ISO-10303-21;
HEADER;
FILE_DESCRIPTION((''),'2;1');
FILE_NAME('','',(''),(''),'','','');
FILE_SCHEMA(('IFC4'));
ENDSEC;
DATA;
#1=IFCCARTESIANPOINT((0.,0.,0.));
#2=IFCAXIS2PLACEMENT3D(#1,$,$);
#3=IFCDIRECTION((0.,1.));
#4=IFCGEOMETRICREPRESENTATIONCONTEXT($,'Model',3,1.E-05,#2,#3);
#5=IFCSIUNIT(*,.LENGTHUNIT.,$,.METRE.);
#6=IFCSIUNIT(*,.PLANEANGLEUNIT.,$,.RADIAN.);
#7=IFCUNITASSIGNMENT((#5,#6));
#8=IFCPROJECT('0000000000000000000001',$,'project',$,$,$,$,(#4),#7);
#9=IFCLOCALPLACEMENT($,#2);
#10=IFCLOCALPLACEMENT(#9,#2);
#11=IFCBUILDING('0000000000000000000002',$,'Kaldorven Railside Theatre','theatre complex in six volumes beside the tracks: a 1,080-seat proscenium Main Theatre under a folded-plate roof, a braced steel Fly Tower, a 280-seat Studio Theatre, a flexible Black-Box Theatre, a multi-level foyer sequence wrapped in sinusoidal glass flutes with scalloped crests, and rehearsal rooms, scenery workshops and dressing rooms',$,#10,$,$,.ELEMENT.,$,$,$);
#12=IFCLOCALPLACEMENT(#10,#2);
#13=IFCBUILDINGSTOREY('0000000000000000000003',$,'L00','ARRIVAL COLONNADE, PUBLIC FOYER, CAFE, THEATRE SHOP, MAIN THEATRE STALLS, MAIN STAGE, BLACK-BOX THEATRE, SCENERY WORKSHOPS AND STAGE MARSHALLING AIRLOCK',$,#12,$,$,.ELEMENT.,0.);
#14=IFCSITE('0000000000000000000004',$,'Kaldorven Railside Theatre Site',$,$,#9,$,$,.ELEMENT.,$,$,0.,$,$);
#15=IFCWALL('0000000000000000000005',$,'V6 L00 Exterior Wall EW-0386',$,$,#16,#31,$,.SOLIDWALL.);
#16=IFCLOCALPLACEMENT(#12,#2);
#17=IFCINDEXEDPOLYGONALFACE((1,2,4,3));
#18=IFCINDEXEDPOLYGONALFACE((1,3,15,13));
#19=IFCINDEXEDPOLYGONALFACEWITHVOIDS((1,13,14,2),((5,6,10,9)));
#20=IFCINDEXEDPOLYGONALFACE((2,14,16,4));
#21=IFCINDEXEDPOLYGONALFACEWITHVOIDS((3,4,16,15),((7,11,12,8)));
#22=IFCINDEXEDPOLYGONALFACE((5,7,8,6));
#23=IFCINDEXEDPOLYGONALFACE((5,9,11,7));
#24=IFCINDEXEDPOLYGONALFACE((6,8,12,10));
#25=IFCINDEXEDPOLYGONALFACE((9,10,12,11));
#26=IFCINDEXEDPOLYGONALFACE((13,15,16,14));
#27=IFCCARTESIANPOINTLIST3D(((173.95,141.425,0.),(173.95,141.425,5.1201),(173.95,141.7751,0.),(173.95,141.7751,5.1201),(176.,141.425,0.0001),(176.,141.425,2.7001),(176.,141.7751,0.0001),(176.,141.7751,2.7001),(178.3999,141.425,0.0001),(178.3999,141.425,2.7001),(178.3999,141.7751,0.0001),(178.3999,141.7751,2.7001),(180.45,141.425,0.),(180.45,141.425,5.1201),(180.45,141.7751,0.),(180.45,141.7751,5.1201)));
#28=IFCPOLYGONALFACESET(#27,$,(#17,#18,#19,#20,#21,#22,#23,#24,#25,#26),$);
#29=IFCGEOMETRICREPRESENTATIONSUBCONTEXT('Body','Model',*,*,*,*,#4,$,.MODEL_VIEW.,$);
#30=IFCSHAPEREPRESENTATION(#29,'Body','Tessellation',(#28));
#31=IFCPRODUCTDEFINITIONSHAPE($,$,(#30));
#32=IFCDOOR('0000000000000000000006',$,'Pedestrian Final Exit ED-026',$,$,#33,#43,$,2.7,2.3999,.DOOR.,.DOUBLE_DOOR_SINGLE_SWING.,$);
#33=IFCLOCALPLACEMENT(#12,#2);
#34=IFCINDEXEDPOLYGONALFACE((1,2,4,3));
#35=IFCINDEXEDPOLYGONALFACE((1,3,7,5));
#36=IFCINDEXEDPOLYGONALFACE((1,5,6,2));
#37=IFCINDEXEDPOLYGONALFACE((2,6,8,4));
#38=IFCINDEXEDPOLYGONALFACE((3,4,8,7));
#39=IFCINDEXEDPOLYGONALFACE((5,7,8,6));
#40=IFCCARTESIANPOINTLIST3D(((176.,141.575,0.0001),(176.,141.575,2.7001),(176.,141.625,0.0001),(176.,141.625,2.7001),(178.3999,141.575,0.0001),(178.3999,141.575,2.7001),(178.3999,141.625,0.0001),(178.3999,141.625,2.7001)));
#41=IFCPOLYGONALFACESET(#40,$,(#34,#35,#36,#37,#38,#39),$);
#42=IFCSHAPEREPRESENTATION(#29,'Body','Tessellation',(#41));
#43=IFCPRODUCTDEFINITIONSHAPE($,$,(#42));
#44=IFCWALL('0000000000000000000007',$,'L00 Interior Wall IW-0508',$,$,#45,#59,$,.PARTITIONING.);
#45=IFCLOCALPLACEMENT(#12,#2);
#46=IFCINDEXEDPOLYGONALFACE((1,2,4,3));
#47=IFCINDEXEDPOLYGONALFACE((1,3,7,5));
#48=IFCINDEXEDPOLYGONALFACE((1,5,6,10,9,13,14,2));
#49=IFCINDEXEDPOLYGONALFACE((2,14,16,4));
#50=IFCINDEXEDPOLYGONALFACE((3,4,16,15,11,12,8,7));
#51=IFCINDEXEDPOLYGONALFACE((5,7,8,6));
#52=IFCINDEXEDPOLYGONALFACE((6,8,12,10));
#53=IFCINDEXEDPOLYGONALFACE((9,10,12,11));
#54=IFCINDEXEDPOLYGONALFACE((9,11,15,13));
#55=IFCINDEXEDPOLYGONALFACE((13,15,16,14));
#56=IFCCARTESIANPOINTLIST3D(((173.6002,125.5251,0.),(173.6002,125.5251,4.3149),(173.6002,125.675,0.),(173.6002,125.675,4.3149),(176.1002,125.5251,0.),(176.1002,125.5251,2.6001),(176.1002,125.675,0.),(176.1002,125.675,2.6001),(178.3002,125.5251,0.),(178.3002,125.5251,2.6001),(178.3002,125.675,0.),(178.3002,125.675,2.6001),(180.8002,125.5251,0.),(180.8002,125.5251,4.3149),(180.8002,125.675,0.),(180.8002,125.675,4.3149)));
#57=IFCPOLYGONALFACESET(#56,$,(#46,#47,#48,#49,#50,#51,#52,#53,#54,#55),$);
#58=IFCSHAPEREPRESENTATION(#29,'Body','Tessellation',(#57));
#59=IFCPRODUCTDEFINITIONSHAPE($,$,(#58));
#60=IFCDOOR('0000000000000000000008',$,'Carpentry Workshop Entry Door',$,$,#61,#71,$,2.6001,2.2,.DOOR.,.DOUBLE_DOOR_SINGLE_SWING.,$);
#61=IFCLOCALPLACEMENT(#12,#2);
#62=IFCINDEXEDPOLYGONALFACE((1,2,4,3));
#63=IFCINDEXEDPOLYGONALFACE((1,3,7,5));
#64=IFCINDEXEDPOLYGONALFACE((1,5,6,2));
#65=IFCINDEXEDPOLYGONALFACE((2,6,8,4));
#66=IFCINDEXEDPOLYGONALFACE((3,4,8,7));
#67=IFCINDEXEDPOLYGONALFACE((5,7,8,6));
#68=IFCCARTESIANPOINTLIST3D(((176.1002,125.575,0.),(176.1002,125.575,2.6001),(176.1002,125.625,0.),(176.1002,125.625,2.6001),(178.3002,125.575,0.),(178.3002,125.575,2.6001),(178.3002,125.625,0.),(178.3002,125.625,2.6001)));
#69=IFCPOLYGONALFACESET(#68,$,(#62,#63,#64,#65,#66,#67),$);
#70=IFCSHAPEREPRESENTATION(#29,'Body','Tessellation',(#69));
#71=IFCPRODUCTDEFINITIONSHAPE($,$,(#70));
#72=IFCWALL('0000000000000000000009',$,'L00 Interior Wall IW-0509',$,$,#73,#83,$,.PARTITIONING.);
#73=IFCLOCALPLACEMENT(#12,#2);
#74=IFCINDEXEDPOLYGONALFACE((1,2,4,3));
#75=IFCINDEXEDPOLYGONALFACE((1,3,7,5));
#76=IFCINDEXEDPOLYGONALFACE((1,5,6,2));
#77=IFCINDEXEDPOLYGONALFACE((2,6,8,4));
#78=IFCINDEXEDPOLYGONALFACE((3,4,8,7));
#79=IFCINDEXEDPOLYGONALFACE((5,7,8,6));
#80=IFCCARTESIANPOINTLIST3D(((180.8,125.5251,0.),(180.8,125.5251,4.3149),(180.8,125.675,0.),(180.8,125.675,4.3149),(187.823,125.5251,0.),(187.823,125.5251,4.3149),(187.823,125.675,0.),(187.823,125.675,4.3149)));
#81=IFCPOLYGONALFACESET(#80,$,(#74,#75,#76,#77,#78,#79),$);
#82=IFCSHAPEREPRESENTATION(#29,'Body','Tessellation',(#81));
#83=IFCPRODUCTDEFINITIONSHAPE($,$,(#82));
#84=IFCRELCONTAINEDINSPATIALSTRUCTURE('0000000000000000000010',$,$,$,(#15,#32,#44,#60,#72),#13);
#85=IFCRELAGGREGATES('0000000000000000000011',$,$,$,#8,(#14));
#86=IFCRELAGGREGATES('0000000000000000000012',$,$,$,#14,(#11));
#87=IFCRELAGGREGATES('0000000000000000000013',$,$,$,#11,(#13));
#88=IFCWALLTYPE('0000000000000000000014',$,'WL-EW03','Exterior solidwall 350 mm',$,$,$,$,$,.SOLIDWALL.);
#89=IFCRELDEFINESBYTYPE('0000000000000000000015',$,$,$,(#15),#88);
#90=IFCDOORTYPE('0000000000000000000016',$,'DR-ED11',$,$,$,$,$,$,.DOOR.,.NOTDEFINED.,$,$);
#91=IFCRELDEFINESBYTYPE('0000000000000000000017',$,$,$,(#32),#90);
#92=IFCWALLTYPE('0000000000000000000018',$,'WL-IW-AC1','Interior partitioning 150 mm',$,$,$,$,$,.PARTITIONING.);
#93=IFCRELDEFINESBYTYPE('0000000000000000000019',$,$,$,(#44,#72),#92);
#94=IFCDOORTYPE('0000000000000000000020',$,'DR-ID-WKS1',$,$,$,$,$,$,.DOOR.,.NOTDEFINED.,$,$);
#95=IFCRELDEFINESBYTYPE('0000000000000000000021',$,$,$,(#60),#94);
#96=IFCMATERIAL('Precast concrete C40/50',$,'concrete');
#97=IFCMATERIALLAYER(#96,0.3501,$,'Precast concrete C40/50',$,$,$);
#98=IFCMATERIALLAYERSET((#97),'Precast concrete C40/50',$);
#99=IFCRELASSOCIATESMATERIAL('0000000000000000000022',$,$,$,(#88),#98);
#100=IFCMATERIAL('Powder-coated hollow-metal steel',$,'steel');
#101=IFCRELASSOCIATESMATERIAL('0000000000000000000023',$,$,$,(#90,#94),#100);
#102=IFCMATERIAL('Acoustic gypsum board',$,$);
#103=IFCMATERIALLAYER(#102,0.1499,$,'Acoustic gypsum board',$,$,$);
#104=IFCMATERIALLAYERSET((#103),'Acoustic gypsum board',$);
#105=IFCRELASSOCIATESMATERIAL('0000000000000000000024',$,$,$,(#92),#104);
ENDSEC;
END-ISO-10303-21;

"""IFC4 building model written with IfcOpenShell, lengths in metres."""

from ifc_helpers import new_model, si_unit, direction, frame, frame_2d, origin, place, context, subcontext, project, spatial, rectangle, extrude, material, layer, layer_set, type_object, element, fill, save


model = new_model("IFC4")

# Units and contexts
model_context = context("Model", 3, precision=1e-05, world=origin(), true_north=direction((0.0, 1.0)))
body_context = subcontext(model_context, "Body", "Model", "MODEL_VIEW")
ifc_project = project(units=[si_unit("LENGTHUNIT", "METRE"), si_unit("PLANEANGLEUNIT", "RADIAN")], contexts=[model_context])

# Site, building, storey
site_placement = place(None, origin())
site = spatial("IfcSite", under=ifc_project, at=site_placement, Name="Kaldorven Railside Theatre Site", CompositionType="ELEMENT", RefElevation=0.0)
building_placement = place(site_placement, origin())
building = spatial("IfcBuilding", under=site, at=building_placement, Name="Kaldorven Railside Theatre", Description="theatre complex in six volumes beside the tracks: a 1,080-seat proscenium Main Theatre under a folded-plate roof, a braced steel Fly Tower, a 280-seat Studio Theatre, a flexible Black-Box Theatre, a multi-level foyer sequence wrapped in sinusoidal glass flutes with scalloped crests, and rehearsal rooms, scenery workshops and dressing rooms", CompositionType="ELEMENT")
storey_placement = place(building_placement, origin())
storey = spatial("IfcBuildingStorey", under=building, at=storey_placement, Name="L00", Description="ARRIVAL COLONNADE, PUBLIC FOYER, CAFE, THEATRE SHOP, MAIN THEATRE STALLS, MAIN STAGE, BLACK-BOX THEATRE, SCENERY WORKSHOPS AND STAGE MARSHALLING AIRLOCK", CompositionType="ELEMENT", Elevation=0.0)

# Walls, openings, doors
ifc_material_1 = material(Name="Precast concrete C40/50", Category="concrete")
ifc_layer_1 = layer(ifc_material_1, 0.3501, Name="Precast concrete C40/50")
ifc_layer_set_1 = layer_set([ifc_layer_1], Name="Precast concrete C40/50")
wall_type_1 = type_object("IfcWallType", Name="WL-EW03", Description="Exterior solidwall 350 mm", PredefinedType="SOLIDWALL", material=ifc_layer_set_1)
ifc_material_2 = material(Name="Powder-coated hollow-metal steel", Category="steel")
door_type_1 = type_object("IfcDoorType", Name="DR-ED11", OperationType="NOTDEFINED", PredefinedType="DOOR", material=ifc_material_2)
wall_1_placement = place(storey_placement, frame((173.95, 141.6001, 0.0), z_axis=(0.0, 0.0, 1.0), x_axis=(1.0, 0.0, 0.0)))
wall_1 = element("IfcWall", 1, at=wall_1_placement, inside=storey, type_object=wall_type_1, Name="V6 L00 Exterior Wall EW-0386", PredefinedType="SOLIDWALL", context=body_context, shape_type="SweptSolid", body=[
    extrude(rectangle(XDim=6.5, YDim=0.3501, at=frame_2d((3.25, 0.0))), origin(), (0.0, 0.0, 1.0), 5.1201),
])
opening_1_placement = place(wall_1_placement, frame((2.05, 0.0, 0.0)))
opening_1 = element("IfcOpeningElement", 2, at=opening_1_placement, cuts=wall_1, PredefinedType="OPENING", context=body_context, shape_type="SweptSolid", body=[
    extrude(rectangle(XDim=2.3999, YDim=2.7, at=frame_2d((1.2, 1.3501))), frame((0.0, 0.1851, 0.0), z_axis=(0.0, -1.0, 0.0), x_axis=(1.0, 0.0, 0.0)), (0.0, 0.0, 1.0), 0.3701),
])
door_1_placement = place(opening_1_placement, origin())
door_1 = element("IfcDoor", 3, at=door_1_placement, inside=storey, type_object=door_type_1, Name="Pedestrian Final Exit ED-026", OperationType="DOUBLE_DOOR_SINGLE_SWING", OverallHeight=2.7, OverallWidth=2.3999, PredefinedType="DOOR", context=body_context, shape_type="SweptSolid", body=[
    extrude(rectangle(XDim=2.3999, YDim=2.7, at=frame_2d((1.2, 1.3501))), frame((0.0, 0.0249, 0.0), z_axis=(0.0, -1.0, 0.0), x_axis=(1.0, 0.0, 0.0)), (0.0, 0.0, 1.0), 0.05),
])
fill(opening_1, door_1)
ifc_material_3 = material(Name="Acoustic gypsum board")
ifc_layer_2 = layer(ifc_material_3, 0.1499, Name="Acoustic gypsum board")
ifc_layer_set_2 = layer_set([ifc_layer_2], Name="Acoustic gypsum board")
wall_type_2 = type_object("IfcWallType", Name="WL-IW-AC1", Description="Interior partitioning 150 mm", PredefinedType="PARTITIONING", material=ifc_layer_set_2)
wall_2_placement = place(storey_placement, frame((173.6001, 125.6001, 0.0), z_axis=(0.0, 0.0, 1.0), x_axis=(1.0, 0.0, 0.0)))
wall_2 = element("IfcWall", 4, at=wall_2_placement, inside=storey, type_object=wall_type_2, Name="L00 Interior Wall IW-0508", PredefinedType="PARTITIONING", context=body_context, shape_type="SweptSolid", body=[
    extrude(rectangle(XDim=7.2, YDim=0.1499, at=frame_2d((3.6001, 0.0))), origin(), (0.0, 0.0, 1.0), 4.3149),
])
opening_2_placement = place(wall_2_placement, frame((2.5, 0.0, 0.0)))
opening_2 = element("IfcOpeningElement", 5, at=opening_2_placement, cuts=wall_2, PredefinedType="OPENING", context=body_context, shape_type="SweptSolid", body=[
    extrude(rectangle(XDim=2.2, YDim=2.6001, at=frame_2d((1.1001, 1.3))), frame((0.0, 0.085, 0.0), z_axis=(0.0, -1.0, 0.0), x_axis=(1.0, 0.0, 0.0)), (0.0, 0.0, 1.0), 0.1699),
])
door_type_2 = type_object("IfcDoorType", Name="DR-ID-WKS1", OperationType="NOTDEFINED", PredefinedType="DOOR", material=ifc_material_2)
door_2_placement = place(opening_2_placement, origin())
door_2 = element("IfcDoor", 6, at=door_2_placement, inside=storey, type_object=door_type_2, Name="Carpentry Workshop Entry Door", OperationType="DOUBLE_DOOR_SINGLE_SWING", OverallHeight=2.6001, OverallWidth=2.2, PredefinedType="DOOR", context=body_context, shape_type="SweptSolid", body=[
    extrude(rectangle(XDim=2.2, YDim=2.6001, at=frame_2d((1.1001, 1.3))), frame((0.0, 0.0249, 0.0), z_axis=(0.0, -1.0, 0.0), x_axis=(1.0, 0.0, 0.0)), (0.0, 0.0, 1.0), 0.05),
])
fill(opening_2, door_2)

# Wall
wall_3_placement = place(storey_placement, frame((180.8, 125.6001, 0.0), z_axis=(0.0, 0.0, 1.0), x_axis=(1.0, 0.0, 0.0)))
element("IfcWall", 7, at=wall_3_placement, inside=storey, type_object=wall_type_2, Name="L00 Interior Wall IW-0509", PredefinedType="PARTITIONING", context=body_context, shape_type="SweptSolid", body=[
    extrude(rectangle(XDim=7.0229, YDim=0.1499, at=frame_2d((3.5115, 0.0))), origin(), (0.0, 0.0, 1.0), 4.3149),
])

save(model, "model.ifc")
